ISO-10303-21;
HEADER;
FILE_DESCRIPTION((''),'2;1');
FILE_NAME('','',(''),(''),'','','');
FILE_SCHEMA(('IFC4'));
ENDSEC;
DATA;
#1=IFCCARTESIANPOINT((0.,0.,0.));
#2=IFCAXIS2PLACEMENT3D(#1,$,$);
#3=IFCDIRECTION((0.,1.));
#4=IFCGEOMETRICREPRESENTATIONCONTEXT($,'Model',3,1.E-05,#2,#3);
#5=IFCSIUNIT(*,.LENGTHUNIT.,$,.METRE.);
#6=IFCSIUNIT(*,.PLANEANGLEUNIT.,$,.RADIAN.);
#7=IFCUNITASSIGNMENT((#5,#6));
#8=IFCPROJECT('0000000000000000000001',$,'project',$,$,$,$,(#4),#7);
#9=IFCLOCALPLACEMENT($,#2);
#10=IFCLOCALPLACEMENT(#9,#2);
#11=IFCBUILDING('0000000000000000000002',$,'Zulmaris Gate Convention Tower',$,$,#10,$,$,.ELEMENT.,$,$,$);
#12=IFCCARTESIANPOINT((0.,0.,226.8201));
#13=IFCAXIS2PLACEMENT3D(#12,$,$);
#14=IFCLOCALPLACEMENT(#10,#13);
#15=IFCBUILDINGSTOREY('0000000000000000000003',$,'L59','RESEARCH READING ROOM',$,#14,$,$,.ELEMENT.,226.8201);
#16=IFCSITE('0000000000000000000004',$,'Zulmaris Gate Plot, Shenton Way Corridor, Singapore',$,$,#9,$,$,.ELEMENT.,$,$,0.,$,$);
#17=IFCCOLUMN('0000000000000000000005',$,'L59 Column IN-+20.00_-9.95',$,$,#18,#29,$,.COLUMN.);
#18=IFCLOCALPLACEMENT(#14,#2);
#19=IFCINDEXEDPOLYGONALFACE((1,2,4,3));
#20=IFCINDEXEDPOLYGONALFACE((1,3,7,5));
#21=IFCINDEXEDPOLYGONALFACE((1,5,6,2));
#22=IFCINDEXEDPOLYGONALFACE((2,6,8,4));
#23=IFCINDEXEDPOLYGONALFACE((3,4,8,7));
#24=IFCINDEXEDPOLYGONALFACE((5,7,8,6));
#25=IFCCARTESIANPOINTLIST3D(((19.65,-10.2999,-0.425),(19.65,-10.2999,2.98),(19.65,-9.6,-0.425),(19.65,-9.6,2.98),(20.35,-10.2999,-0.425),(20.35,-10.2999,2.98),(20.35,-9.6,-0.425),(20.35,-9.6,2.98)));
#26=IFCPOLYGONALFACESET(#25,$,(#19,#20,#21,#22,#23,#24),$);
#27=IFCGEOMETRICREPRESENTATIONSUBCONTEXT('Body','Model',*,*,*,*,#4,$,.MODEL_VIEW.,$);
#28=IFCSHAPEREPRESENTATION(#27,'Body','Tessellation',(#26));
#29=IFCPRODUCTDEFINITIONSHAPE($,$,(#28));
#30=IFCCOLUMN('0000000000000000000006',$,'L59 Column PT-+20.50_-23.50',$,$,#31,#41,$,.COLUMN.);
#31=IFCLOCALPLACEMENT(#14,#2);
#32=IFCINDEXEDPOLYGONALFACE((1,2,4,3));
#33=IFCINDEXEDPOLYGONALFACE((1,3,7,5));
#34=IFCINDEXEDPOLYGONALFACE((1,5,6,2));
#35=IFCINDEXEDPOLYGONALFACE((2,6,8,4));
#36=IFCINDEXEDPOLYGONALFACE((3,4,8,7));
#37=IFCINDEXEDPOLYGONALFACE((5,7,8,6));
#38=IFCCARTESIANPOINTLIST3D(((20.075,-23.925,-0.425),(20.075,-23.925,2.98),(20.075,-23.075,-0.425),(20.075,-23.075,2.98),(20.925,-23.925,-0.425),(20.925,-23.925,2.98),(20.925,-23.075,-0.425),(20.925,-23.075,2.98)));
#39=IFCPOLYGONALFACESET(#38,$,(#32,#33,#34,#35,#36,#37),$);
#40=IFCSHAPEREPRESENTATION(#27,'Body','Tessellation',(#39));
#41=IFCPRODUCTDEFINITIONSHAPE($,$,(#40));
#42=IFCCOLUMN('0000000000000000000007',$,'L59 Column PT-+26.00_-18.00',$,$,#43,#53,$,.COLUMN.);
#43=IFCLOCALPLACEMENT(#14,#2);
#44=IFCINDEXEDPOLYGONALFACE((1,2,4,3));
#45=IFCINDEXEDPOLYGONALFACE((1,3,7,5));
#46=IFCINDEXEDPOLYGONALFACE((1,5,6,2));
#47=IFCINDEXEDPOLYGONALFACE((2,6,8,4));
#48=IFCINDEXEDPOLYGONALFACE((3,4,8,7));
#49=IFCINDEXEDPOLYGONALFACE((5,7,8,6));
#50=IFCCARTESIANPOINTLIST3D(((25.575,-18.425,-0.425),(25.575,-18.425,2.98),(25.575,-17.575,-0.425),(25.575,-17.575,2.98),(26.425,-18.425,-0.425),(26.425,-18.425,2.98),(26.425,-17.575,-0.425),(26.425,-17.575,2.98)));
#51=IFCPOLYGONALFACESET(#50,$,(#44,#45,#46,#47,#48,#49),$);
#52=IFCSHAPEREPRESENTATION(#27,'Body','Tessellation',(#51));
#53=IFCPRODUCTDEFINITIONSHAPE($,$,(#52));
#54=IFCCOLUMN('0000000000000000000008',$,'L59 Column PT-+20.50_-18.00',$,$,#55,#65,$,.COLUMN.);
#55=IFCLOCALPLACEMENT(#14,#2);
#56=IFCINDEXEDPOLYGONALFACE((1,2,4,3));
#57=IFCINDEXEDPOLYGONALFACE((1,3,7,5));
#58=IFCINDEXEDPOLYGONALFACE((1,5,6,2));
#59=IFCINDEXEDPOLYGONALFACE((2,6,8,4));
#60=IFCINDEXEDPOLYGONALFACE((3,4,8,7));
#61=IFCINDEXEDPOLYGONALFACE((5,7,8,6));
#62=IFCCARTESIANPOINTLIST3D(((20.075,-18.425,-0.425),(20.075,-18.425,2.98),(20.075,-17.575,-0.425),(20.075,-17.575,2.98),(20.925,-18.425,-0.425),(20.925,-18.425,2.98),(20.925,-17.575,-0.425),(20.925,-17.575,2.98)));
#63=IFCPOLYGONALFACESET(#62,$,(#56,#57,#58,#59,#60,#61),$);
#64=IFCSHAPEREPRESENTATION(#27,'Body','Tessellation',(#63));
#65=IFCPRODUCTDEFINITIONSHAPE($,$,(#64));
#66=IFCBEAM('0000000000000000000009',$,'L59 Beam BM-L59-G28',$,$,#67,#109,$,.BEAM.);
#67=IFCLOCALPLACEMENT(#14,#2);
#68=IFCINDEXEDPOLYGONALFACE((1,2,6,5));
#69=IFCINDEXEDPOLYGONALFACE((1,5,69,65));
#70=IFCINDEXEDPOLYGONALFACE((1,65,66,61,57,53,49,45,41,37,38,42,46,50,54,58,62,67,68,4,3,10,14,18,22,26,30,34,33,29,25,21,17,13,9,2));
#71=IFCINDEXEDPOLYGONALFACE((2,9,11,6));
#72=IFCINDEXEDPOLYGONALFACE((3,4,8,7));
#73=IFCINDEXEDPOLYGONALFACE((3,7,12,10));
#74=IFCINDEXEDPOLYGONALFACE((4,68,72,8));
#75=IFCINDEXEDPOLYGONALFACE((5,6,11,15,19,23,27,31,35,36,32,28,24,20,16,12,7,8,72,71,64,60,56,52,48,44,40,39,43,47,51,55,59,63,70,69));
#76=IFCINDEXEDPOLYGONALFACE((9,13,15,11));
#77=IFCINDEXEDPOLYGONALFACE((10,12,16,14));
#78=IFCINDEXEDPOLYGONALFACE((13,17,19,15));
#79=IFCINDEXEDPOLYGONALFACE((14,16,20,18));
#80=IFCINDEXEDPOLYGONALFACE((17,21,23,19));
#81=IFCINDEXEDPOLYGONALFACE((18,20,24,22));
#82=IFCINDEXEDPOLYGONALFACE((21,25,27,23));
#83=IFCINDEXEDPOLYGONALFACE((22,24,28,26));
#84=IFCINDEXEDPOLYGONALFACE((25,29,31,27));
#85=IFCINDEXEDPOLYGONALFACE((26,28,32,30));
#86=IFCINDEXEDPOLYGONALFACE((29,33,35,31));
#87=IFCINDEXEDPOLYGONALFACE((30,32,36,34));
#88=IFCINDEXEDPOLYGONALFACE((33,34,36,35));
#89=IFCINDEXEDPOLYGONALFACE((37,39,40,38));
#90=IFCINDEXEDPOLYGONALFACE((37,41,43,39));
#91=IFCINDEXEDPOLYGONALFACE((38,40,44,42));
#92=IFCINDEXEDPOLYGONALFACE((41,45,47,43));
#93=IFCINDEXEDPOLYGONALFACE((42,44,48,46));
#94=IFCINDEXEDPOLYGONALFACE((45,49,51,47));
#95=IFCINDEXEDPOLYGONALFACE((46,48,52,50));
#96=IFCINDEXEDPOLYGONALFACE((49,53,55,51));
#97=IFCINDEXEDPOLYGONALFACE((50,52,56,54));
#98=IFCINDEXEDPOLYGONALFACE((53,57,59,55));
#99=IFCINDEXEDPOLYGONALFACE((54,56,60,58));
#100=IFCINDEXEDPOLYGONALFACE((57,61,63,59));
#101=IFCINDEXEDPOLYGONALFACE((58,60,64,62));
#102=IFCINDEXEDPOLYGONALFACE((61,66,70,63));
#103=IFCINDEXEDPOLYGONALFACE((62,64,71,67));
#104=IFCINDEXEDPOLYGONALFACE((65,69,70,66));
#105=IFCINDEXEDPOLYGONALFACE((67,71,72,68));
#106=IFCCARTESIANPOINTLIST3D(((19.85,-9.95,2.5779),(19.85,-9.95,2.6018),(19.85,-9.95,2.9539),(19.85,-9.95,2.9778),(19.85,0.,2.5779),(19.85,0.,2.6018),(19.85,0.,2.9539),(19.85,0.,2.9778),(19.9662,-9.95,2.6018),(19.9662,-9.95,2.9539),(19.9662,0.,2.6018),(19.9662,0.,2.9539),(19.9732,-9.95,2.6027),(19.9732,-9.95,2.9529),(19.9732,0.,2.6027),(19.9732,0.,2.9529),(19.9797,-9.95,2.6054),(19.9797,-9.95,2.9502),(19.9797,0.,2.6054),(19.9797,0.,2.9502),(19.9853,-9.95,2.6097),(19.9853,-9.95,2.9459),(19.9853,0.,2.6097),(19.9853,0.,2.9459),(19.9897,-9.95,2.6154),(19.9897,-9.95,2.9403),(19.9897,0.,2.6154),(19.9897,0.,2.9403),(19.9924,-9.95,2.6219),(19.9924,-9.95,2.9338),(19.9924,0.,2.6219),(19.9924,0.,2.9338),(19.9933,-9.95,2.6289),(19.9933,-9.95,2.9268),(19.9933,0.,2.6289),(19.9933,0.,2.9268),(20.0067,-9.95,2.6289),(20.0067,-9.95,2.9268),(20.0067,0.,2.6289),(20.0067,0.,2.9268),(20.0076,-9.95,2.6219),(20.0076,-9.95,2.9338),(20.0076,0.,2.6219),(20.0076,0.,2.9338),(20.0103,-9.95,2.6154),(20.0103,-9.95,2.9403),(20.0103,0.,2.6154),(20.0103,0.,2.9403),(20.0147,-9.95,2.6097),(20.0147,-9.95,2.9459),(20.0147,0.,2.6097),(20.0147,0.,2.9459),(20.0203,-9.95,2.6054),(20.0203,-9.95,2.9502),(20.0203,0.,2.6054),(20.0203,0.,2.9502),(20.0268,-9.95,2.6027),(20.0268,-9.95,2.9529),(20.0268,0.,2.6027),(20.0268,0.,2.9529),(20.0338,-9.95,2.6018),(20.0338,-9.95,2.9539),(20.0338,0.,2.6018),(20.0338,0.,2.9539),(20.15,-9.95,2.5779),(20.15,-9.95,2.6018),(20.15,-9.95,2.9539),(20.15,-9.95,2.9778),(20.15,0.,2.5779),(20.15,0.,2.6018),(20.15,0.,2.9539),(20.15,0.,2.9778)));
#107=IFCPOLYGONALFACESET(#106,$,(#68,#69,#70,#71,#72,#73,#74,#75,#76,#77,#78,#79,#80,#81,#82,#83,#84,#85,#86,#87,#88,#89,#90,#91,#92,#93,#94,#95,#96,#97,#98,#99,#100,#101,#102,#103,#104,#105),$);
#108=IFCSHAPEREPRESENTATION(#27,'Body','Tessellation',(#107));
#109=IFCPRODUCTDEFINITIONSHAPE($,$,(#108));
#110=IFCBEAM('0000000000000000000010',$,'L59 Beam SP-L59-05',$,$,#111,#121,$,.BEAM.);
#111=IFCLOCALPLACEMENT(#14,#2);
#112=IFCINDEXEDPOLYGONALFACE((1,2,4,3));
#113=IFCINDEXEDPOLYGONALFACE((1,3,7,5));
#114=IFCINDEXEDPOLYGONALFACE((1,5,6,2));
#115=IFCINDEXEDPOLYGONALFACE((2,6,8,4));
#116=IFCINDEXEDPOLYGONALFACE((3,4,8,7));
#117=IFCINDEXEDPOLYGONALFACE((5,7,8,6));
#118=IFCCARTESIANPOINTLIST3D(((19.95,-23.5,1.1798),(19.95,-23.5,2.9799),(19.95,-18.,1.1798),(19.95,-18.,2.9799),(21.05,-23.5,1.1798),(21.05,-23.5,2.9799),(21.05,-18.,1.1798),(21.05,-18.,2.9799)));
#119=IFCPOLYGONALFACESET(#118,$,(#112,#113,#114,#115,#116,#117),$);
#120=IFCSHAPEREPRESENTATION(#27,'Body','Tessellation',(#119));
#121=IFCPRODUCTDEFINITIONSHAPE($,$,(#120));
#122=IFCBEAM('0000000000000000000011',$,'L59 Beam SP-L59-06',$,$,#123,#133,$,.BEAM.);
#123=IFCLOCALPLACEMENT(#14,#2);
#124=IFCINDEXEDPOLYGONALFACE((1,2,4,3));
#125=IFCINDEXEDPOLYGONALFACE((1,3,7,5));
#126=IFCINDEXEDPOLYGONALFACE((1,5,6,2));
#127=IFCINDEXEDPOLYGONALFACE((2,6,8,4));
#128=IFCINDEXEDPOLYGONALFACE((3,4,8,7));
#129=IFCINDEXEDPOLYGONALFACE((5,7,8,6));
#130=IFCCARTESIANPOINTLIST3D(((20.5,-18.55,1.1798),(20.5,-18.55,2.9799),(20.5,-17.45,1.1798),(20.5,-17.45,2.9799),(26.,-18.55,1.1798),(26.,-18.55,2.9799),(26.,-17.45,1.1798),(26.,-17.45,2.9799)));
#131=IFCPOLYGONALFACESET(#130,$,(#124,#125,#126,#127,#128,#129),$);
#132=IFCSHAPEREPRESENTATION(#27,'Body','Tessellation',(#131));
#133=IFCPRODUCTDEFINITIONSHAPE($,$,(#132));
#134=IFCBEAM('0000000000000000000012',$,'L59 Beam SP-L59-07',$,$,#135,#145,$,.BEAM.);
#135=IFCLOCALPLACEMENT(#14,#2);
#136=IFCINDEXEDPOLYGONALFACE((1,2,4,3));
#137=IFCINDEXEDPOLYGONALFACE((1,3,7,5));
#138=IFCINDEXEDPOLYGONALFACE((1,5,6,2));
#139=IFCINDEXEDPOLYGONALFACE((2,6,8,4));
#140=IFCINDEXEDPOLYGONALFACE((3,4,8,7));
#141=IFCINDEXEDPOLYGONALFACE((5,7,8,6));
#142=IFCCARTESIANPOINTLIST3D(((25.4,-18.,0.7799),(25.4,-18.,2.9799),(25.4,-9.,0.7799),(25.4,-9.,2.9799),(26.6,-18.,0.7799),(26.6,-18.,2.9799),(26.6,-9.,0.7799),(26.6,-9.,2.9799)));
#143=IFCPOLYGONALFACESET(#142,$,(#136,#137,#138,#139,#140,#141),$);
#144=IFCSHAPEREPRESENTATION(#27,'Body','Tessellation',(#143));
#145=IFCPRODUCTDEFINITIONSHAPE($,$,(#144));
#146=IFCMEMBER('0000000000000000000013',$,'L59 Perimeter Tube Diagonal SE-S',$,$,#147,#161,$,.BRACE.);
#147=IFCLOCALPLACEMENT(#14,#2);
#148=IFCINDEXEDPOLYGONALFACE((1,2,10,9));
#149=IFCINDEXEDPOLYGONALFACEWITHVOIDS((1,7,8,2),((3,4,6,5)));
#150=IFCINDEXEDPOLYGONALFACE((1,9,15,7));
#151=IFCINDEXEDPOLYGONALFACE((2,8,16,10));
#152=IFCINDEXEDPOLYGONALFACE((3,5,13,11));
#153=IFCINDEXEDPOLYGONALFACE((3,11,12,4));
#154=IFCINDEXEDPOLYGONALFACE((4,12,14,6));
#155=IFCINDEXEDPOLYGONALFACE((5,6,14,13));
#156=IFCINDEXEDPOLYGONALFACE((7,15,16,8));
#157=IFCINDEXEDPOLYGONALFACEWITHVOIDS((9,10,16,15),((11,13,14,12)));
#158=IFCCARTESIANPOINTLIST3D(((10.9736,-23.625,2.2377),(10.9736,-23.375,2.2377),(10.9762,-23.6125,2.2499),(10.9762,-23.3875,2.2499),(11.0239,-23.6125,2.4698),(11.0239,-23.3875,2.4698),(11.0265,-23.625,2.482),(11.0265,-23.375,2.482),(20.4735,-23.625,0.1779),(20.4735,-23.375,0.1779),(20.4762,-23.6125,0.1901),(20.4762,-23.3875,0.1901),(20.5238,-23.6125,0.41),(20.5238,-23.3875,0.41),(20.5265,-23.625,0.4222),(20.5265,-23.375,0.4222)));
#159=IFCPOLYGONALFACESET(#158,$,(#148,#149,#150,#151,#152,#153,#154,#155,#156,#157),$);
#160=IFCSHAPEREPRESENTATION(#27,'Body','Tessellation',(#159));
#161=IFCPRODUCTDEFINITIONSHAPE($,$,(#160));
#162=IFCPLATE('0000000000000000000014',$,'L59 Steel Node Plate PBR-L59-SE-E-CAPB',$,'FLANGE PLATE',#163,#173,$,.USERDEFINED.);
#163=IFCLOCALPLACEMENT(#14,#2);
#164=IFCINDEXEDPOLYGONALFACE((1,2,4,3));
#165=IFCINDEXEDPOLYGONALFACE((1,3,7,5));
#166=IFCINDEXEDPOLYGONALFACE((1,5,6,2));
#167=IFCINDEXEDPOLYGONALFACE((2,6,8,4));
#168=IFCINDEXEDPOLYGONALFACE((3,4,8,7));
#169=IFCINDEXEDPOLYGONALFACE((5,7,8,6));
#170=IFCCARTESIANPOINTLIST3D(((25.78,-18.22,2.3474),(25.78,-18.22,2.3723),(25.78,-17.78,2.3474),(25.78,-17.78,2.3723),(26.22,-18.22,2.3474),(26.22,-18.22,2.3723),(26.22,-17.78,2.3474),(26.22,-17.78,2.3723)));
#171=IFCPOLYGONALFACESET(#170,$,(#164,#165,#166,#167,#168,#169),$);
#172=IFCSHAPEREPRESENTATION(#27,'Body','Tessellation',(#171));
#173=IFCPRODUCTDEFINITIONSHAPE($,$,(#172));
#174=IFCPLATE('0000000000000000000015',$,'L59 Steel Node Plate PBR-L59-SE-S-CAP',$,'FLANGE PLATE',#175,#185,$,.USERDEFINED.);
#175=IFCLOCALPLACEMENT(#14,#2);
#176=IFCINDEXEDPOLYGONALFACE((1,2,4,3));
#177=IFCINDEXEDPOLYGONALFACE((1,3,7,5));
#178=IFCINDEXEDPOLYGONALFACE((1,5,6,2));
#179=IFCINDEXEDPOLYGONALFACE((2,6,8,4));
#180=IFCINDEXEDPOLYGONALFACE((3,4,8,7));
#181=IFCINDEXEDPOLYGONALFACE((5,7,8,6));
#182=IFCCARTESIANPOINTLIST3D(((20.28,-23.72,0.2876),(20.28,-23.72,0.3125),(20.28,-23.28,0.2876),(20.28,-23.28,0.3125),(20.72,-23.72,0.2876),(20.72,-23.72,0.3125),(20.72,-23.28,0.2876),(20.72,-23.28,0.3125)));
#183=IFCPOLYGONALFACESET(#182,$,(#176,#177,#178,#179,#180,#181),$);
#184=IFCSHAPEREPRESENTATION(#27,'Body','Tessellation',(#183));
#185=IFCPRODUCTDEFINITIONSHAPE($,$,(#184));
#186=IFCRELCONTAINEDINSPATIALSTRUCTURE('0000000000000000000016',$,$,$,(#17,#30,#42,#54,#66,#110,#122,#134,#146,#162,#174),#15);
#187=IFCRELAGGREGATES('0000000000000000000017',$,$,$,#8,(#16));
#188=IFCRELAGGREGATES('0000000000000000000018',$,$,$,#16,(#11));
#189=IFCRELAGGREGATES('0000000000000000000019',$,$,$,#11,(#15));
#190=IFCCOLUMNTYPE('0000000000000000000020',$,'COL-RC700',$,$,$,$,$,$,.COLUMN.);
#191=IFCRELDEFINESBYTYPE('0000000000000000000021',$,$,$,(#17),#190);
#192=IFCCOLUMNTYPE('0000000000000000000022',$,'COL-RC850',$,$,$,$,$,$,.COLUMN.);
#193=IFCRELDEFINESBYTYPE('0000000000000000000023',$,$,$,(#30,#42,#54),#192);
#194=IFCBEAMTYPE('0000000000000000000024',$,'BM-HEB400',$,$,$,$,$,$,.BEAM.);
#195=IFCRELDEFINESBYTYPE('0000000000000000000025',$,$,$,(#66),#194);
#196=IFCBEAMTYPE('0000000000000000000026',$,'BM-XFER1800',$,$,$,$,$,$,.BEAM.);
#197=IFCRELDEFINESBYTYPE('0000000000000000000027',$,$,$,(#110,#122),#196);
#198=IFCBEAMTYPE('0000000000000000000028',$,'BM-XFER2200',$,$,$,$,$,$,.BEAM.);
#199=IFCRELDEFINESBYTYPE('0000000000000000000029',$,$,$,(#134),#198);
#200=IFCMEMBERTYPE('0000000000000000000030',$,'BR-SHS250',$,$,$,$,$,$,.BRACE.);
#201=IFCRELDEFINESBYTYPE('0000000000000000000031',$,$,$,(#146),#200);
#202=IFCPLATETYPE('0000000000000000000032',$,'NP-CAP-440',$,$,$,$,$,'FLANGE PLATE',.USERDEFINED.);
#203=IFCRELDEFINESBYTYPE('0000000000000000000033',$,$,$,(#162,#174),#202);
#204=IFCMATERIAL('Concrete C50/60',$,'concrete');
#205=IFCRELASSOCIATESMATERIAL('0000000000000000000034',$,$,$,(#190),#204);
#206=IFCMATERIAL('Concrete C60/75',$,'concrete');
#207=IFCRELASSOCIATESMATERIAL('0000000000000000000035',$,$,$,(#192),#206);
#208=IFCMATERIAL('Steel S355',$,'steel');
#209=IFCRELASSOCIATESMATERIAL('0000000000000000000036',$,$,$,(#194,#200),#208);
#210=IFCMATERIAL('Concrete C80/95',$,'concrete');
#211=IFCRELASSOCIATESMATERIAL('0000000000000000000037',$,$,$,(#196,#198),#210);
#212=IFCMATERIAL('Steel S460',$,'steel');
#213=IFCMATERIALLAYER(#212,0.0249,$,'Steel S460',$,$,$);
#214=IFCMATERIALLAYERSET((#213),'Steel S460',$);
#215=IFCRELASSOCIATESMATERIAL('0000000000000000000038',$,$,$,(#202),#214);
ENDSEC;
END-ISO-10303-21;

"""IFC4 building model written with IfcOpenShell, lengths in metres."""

from ifc_helpers import new_model, si_unit, direction, frame, origin, origin_2d, place, context, subcontext, project, spatial, rectangle, hollow_rectangle, i_section, extrude, material, layer, layer_set, material_profile, profile_set, type_object, element, save


model = new_model("IFC4")

# Units and contexts
model_context = context("Model", 3, precision=1e-05, world=origin(), true_north=direction((0.0, 1.0)))
body_context = subcontext(model_context, "Body", "Model", "MODEL_VIEW")
ifc_project = project(units=[si_unit("LENGTHUNIT", "METRE"), si_unit("PLANEANGLEUNIT", "RADIAN")], contexts=[model_context])

# Site, building, storey
site_placement = place(None, origin())
site = spatial("IfcSite", under=ifc_project, at=site_placement, Name="Zulmaris Gate Plot, Shenton Way Corridor, Singapore", CompositionType="ELEMENT", RefElevation=0.0)
building_placement = place(site_placement, origin())
building = spatial("IfcBuilding", under=site, at=building_placement, Name="Zulmaris Gate Convention Tower", CompositionType="ELEMENT")
storey_placement = place(building_placement, frame((0.0, 0.0, 226.8201)))
storey = spatial("IfcBuildingStorey", under=building, at=storey_placement, Name="L59", Description="RESEARCH READING ROOM", CompositionType="ELEMENT", Elevation=226.8201)

# Columns
ifc_material_1 = material(Name="Concrete C50/60", Category="concrete")
ifc_material_profile_1 = material_profile(ifc_material_1, rectangle(XDim=0.7, YDim=0.7, at=origin_2d()), Name="RC COL 700x700")
ifc_profile_set_1 = profile_set([ifc_material_profile_1], Name="Concrete C50/60")
column_type_1 = type_object("IfcColumnType", Name="COL-RC700", PredefinedType="COLUMN", material=ifc_profile_set_1)
column_placement = place(storey_placement, frame((20.0, -9.95, -0.425), z_axis=(0.0, 0.0, 1.0), x_axis=(1.0, 0.0, 0.0)))
element("IfcColumn", 1, at=column_placement, inside=storey, type_object=column_type_1, Name="L59 Column IN-+20.00_-9.95", PredefinedType="COLUMN", context=body_context, shape_type="SweptSolid", body=[
    extrude(rectangle(XDim=0.7, YDim=0.7, at=origin_2d()), origin(), (0.0, 0.0, 1.0), 3.405),
])
ifc_material_2 = material(Name="Concrete C60/75", Category="concrete")
ifc_material_profile_2 = material_profile(ifc_material_2, rectangle(XDim=0.8501, YDim=0.8501, at=origin_2d()), Name="RC COL 850x850")
ifc_profile_set_2 = profile_set([ifc_material_profile_2], Name="Concrete C60/75")
column_type_2 = type_object("IfcColumnType", Name="COL-RC850", PredefinedType="COLUMN", material=ifc_profile_set_2)
for number, where, z_axis, x_axis, name in (
    (2, (20.5, -23.5, -0.425), (0.0, 0.0, 1.0), (1.0, 0.0, 0.0), "L59 Column PT-+20.50_-23.50"),
    (3, (26.0, -18.0, -0.425), (0.0, 0.0, 1.0), (1.0, 0.0, 0.0), "L59 Column PT-+26.00_-18.00"),
    (4, (20.5, -18.0, -0.425), (0.0, 0.0, 1.0), (1.0, 0.0, 0.0), "L59 Column PT-+20.50_-18.00"),
):
    element("IfcColumn", number, at=place(storey_placement, frame(where, z_axis=z_axis, x_axis=x_axis)), inside=storey, type_object=column_type_2, Name=name, PredefinedType="COLUMN", context=body_context, shape_type="SweptSolid", body=[
        extrude(rectangle(XDim=0.8501, YDim=0.8501, at=origin_2d()), origin(), (0.0, 0.0, 1.0), 3.405),
    ])

# Beams
ifc_material_3 = material(Name="Steel S355", Category="steel")
ifc_material_profile_3 = material_profile(ifc_material_3, i_section(OverallWidth=0.3, OverallDepth=0.3999, WebThickness=0.0134, FlangeThickness=0.0239, FilletRadius=0.0271, at=origin_2d()), Name="HEB 400")
ifc_profile_set_3 = profile_set([ifc_material_profile_3], Name="Steel S355")
beam_type_1 = type_object("IfcBeamType", Name="BM-HEB400", PredefinedType="BEAM", material=ifc_profile_set_3)
beam_1_placement = place(storey_placement, frame((20.0, -9.95, 2.7778), z_axis=(0.0, 1.0, 0.0), x_axis=(-1.0, 0.0, 0.0)))
element("IfcBeam", 5, at=beam_1_placement, inside=storey, type_object=beam_type_1, Name="L59 Beam BM-L59-G28", PredefinedType="BEAM", context=body_context, shape_type="SweptSolid", body=[
    extrude(i_section(OverallWidth=0.3, OverallDepth=0.3999, WebThickness=0.0134, FlangeThickness=0.0239, FilletRadius=0.0271, at=origin_2d()), origin(), (0.0, 0.0, 1.0), 9.95),
])
ifc_material_4 = material(Name="Concrete C80/95", Category="concrete")
ifc_material_profile_4 = material_profile(ifc_material_4, rectangle(XDim=1.1001, YDim=1.8, at=origin_2d()), Name="RC TRANSFER 1100x1800")
ifc_profile_set_4 = profile_set([ifc_material_profile_4], Name="Concrete C80/95")
beam_type_2 = type_object("IfcBeamType", Name="BM-XFER1800", PredefinedType="BEAM", material=ifc_profile_set_4)
for number, where, z_axis, x_axis, name in (
    (6, (20.5, -23.5, 2.0798), (0.0, 1.0, 0.0), (-1.0, 0.0, 0.0), "L59 Beam SP-L59-05"),
    (7, (20.5, -18.0, 2.0798), (1.0, 0.0, 0.0), (0.0, 1.0, 0.0), "L59 Beam SP-L59-06"),
):
    element("IfcBeam", number, at=place(storey_placement, frame(where, z_axis=z_axis, x_axis=x_axis)), inside=storey, type_object=beam_type_2, Name=name, PredefinedType="BEAM", context=body_context, shape_type="SweptSolid", body=[
        extrude(rectangle(XDim=1.1001, YDim=1.8, at=origin_2d()), origin(), (0.0, 0.0, 1.0), 5.5),
    ])
ifc_material_profile_5 = material_profile(ifc_material_4, rectangle(XDim=1.2, YDim=2.2, at=origin_2d()), Name="RC TRANSFER 1200x2200")
ifc_profile_set_5 = profile_set([ifc_material_profile_5], Name="Concrete C80/95")
beam_type_3 = type_object("IfcBeamType", Name="BM-XFER2200", PredefinedType="BEAM", material=ifc_profile_set_5)
beam_2_placement = place(storey_placement, frame((26.0, -18.0, 1.8799), z_axis=(0.0, 1.0, 0.0), x_axis=(-1.0, 0.0, 0.0)))
element("IfcBeam", 8, at=beam_2_placement, inside=storey, type_object=beam_type_3, Name="L59 Beam SP-L59-07", PredefinedType="BEAM", context=body_context, shape_type="SweptSolid", body=[
    extrude(rectangle(XDim=1.2, YDim=2.2, at=origin_2d()), origin(), (0.0, 0.0, 1.0), 9.0),
])

# Member
ifc_material_profile_6 = material_profile(ifc_material_3, hollow_rectangle(XDim=0.25, YDim=0.25, WallThickness=0.0125, at=origin_2d()), Name="SHS 250x250x12.5")
ifc_profile_set_6 = profile_set([ifc_material_profile_6], Name="Steel S355")
member_type = type_object("IfcMemberType", Name="BR-SHS250", PredefinedType="BRACE", material=ifc_profile_set_6)
member_placement = place(storey_placement, frame((20.5, -23.5, 0.3), z_axis=(-0.977292, 0.0, 0.211899), x_axis=(0.0, -1.0, 0.0)))
element("IfcMember", 9, at=member_placement, inside=storey, type_object=member_type, Name="L59 Perimeter Tube Diagonal SE-S", PredefinedType="BRACE", context=body_context, shape_type="SweptSolid", body=[
    extrude(hollow_rectangle(XDim=0.25, YDim=0.25, WallThickness=0.0125, at=origin_2d()), origin(), (0.0, 0.0, 1.0), 9.7207),
])

# Plates
ifc_material_5 = material(Name="Steel S460", Category="steel")
ifc_layer_1 = layer(ifc_material_5, 0.0249, Name="Steel S460")
ifc_layer_set_1 = layer_set([ifc_layer_1], Name="Steel S460")
plate_type = type_object("IfcPlateType", Name="NP-CAP-440", ElementType="FLANGE PLATE", PredefinedType="USERDEFINED", material=ifc_layer_set_1)
for number, where, z_axis, x_axis, name in (
    (10, (26.0, -18.0, 2.3474), (0.0, 0.0, 1.0), (1.0, 0.0, 0.0), "L59 Steel Node Plate PBR-L59-SE-E-CAPB"),
    (11, (20.5, -23.5, 0.2876), (0.0, 0.0, 1.0), (1.0, 0.0, 0.0), "L59 Steel Node Plate PBR-L59-SE-S-CAP"),
):
    element("IfcPlate", number, at=place(storey_placement, frame(where, z_axis=z_axis, x_axis=x_axis)), inside=storey, type_object=plate_type, Name=name, ObjectType="FLANGE PLATE", PredefinedType="USERDEFINED", context=body_context, shape_type="SweptSolid", body=[
        extrude(rectangle(XDim=0.4399, YDim=0.4399, at=origin_2d()), origin(), (0.0, 0.0, 1.0), 0.0249),
    ])

save(model, "model.ifc")
